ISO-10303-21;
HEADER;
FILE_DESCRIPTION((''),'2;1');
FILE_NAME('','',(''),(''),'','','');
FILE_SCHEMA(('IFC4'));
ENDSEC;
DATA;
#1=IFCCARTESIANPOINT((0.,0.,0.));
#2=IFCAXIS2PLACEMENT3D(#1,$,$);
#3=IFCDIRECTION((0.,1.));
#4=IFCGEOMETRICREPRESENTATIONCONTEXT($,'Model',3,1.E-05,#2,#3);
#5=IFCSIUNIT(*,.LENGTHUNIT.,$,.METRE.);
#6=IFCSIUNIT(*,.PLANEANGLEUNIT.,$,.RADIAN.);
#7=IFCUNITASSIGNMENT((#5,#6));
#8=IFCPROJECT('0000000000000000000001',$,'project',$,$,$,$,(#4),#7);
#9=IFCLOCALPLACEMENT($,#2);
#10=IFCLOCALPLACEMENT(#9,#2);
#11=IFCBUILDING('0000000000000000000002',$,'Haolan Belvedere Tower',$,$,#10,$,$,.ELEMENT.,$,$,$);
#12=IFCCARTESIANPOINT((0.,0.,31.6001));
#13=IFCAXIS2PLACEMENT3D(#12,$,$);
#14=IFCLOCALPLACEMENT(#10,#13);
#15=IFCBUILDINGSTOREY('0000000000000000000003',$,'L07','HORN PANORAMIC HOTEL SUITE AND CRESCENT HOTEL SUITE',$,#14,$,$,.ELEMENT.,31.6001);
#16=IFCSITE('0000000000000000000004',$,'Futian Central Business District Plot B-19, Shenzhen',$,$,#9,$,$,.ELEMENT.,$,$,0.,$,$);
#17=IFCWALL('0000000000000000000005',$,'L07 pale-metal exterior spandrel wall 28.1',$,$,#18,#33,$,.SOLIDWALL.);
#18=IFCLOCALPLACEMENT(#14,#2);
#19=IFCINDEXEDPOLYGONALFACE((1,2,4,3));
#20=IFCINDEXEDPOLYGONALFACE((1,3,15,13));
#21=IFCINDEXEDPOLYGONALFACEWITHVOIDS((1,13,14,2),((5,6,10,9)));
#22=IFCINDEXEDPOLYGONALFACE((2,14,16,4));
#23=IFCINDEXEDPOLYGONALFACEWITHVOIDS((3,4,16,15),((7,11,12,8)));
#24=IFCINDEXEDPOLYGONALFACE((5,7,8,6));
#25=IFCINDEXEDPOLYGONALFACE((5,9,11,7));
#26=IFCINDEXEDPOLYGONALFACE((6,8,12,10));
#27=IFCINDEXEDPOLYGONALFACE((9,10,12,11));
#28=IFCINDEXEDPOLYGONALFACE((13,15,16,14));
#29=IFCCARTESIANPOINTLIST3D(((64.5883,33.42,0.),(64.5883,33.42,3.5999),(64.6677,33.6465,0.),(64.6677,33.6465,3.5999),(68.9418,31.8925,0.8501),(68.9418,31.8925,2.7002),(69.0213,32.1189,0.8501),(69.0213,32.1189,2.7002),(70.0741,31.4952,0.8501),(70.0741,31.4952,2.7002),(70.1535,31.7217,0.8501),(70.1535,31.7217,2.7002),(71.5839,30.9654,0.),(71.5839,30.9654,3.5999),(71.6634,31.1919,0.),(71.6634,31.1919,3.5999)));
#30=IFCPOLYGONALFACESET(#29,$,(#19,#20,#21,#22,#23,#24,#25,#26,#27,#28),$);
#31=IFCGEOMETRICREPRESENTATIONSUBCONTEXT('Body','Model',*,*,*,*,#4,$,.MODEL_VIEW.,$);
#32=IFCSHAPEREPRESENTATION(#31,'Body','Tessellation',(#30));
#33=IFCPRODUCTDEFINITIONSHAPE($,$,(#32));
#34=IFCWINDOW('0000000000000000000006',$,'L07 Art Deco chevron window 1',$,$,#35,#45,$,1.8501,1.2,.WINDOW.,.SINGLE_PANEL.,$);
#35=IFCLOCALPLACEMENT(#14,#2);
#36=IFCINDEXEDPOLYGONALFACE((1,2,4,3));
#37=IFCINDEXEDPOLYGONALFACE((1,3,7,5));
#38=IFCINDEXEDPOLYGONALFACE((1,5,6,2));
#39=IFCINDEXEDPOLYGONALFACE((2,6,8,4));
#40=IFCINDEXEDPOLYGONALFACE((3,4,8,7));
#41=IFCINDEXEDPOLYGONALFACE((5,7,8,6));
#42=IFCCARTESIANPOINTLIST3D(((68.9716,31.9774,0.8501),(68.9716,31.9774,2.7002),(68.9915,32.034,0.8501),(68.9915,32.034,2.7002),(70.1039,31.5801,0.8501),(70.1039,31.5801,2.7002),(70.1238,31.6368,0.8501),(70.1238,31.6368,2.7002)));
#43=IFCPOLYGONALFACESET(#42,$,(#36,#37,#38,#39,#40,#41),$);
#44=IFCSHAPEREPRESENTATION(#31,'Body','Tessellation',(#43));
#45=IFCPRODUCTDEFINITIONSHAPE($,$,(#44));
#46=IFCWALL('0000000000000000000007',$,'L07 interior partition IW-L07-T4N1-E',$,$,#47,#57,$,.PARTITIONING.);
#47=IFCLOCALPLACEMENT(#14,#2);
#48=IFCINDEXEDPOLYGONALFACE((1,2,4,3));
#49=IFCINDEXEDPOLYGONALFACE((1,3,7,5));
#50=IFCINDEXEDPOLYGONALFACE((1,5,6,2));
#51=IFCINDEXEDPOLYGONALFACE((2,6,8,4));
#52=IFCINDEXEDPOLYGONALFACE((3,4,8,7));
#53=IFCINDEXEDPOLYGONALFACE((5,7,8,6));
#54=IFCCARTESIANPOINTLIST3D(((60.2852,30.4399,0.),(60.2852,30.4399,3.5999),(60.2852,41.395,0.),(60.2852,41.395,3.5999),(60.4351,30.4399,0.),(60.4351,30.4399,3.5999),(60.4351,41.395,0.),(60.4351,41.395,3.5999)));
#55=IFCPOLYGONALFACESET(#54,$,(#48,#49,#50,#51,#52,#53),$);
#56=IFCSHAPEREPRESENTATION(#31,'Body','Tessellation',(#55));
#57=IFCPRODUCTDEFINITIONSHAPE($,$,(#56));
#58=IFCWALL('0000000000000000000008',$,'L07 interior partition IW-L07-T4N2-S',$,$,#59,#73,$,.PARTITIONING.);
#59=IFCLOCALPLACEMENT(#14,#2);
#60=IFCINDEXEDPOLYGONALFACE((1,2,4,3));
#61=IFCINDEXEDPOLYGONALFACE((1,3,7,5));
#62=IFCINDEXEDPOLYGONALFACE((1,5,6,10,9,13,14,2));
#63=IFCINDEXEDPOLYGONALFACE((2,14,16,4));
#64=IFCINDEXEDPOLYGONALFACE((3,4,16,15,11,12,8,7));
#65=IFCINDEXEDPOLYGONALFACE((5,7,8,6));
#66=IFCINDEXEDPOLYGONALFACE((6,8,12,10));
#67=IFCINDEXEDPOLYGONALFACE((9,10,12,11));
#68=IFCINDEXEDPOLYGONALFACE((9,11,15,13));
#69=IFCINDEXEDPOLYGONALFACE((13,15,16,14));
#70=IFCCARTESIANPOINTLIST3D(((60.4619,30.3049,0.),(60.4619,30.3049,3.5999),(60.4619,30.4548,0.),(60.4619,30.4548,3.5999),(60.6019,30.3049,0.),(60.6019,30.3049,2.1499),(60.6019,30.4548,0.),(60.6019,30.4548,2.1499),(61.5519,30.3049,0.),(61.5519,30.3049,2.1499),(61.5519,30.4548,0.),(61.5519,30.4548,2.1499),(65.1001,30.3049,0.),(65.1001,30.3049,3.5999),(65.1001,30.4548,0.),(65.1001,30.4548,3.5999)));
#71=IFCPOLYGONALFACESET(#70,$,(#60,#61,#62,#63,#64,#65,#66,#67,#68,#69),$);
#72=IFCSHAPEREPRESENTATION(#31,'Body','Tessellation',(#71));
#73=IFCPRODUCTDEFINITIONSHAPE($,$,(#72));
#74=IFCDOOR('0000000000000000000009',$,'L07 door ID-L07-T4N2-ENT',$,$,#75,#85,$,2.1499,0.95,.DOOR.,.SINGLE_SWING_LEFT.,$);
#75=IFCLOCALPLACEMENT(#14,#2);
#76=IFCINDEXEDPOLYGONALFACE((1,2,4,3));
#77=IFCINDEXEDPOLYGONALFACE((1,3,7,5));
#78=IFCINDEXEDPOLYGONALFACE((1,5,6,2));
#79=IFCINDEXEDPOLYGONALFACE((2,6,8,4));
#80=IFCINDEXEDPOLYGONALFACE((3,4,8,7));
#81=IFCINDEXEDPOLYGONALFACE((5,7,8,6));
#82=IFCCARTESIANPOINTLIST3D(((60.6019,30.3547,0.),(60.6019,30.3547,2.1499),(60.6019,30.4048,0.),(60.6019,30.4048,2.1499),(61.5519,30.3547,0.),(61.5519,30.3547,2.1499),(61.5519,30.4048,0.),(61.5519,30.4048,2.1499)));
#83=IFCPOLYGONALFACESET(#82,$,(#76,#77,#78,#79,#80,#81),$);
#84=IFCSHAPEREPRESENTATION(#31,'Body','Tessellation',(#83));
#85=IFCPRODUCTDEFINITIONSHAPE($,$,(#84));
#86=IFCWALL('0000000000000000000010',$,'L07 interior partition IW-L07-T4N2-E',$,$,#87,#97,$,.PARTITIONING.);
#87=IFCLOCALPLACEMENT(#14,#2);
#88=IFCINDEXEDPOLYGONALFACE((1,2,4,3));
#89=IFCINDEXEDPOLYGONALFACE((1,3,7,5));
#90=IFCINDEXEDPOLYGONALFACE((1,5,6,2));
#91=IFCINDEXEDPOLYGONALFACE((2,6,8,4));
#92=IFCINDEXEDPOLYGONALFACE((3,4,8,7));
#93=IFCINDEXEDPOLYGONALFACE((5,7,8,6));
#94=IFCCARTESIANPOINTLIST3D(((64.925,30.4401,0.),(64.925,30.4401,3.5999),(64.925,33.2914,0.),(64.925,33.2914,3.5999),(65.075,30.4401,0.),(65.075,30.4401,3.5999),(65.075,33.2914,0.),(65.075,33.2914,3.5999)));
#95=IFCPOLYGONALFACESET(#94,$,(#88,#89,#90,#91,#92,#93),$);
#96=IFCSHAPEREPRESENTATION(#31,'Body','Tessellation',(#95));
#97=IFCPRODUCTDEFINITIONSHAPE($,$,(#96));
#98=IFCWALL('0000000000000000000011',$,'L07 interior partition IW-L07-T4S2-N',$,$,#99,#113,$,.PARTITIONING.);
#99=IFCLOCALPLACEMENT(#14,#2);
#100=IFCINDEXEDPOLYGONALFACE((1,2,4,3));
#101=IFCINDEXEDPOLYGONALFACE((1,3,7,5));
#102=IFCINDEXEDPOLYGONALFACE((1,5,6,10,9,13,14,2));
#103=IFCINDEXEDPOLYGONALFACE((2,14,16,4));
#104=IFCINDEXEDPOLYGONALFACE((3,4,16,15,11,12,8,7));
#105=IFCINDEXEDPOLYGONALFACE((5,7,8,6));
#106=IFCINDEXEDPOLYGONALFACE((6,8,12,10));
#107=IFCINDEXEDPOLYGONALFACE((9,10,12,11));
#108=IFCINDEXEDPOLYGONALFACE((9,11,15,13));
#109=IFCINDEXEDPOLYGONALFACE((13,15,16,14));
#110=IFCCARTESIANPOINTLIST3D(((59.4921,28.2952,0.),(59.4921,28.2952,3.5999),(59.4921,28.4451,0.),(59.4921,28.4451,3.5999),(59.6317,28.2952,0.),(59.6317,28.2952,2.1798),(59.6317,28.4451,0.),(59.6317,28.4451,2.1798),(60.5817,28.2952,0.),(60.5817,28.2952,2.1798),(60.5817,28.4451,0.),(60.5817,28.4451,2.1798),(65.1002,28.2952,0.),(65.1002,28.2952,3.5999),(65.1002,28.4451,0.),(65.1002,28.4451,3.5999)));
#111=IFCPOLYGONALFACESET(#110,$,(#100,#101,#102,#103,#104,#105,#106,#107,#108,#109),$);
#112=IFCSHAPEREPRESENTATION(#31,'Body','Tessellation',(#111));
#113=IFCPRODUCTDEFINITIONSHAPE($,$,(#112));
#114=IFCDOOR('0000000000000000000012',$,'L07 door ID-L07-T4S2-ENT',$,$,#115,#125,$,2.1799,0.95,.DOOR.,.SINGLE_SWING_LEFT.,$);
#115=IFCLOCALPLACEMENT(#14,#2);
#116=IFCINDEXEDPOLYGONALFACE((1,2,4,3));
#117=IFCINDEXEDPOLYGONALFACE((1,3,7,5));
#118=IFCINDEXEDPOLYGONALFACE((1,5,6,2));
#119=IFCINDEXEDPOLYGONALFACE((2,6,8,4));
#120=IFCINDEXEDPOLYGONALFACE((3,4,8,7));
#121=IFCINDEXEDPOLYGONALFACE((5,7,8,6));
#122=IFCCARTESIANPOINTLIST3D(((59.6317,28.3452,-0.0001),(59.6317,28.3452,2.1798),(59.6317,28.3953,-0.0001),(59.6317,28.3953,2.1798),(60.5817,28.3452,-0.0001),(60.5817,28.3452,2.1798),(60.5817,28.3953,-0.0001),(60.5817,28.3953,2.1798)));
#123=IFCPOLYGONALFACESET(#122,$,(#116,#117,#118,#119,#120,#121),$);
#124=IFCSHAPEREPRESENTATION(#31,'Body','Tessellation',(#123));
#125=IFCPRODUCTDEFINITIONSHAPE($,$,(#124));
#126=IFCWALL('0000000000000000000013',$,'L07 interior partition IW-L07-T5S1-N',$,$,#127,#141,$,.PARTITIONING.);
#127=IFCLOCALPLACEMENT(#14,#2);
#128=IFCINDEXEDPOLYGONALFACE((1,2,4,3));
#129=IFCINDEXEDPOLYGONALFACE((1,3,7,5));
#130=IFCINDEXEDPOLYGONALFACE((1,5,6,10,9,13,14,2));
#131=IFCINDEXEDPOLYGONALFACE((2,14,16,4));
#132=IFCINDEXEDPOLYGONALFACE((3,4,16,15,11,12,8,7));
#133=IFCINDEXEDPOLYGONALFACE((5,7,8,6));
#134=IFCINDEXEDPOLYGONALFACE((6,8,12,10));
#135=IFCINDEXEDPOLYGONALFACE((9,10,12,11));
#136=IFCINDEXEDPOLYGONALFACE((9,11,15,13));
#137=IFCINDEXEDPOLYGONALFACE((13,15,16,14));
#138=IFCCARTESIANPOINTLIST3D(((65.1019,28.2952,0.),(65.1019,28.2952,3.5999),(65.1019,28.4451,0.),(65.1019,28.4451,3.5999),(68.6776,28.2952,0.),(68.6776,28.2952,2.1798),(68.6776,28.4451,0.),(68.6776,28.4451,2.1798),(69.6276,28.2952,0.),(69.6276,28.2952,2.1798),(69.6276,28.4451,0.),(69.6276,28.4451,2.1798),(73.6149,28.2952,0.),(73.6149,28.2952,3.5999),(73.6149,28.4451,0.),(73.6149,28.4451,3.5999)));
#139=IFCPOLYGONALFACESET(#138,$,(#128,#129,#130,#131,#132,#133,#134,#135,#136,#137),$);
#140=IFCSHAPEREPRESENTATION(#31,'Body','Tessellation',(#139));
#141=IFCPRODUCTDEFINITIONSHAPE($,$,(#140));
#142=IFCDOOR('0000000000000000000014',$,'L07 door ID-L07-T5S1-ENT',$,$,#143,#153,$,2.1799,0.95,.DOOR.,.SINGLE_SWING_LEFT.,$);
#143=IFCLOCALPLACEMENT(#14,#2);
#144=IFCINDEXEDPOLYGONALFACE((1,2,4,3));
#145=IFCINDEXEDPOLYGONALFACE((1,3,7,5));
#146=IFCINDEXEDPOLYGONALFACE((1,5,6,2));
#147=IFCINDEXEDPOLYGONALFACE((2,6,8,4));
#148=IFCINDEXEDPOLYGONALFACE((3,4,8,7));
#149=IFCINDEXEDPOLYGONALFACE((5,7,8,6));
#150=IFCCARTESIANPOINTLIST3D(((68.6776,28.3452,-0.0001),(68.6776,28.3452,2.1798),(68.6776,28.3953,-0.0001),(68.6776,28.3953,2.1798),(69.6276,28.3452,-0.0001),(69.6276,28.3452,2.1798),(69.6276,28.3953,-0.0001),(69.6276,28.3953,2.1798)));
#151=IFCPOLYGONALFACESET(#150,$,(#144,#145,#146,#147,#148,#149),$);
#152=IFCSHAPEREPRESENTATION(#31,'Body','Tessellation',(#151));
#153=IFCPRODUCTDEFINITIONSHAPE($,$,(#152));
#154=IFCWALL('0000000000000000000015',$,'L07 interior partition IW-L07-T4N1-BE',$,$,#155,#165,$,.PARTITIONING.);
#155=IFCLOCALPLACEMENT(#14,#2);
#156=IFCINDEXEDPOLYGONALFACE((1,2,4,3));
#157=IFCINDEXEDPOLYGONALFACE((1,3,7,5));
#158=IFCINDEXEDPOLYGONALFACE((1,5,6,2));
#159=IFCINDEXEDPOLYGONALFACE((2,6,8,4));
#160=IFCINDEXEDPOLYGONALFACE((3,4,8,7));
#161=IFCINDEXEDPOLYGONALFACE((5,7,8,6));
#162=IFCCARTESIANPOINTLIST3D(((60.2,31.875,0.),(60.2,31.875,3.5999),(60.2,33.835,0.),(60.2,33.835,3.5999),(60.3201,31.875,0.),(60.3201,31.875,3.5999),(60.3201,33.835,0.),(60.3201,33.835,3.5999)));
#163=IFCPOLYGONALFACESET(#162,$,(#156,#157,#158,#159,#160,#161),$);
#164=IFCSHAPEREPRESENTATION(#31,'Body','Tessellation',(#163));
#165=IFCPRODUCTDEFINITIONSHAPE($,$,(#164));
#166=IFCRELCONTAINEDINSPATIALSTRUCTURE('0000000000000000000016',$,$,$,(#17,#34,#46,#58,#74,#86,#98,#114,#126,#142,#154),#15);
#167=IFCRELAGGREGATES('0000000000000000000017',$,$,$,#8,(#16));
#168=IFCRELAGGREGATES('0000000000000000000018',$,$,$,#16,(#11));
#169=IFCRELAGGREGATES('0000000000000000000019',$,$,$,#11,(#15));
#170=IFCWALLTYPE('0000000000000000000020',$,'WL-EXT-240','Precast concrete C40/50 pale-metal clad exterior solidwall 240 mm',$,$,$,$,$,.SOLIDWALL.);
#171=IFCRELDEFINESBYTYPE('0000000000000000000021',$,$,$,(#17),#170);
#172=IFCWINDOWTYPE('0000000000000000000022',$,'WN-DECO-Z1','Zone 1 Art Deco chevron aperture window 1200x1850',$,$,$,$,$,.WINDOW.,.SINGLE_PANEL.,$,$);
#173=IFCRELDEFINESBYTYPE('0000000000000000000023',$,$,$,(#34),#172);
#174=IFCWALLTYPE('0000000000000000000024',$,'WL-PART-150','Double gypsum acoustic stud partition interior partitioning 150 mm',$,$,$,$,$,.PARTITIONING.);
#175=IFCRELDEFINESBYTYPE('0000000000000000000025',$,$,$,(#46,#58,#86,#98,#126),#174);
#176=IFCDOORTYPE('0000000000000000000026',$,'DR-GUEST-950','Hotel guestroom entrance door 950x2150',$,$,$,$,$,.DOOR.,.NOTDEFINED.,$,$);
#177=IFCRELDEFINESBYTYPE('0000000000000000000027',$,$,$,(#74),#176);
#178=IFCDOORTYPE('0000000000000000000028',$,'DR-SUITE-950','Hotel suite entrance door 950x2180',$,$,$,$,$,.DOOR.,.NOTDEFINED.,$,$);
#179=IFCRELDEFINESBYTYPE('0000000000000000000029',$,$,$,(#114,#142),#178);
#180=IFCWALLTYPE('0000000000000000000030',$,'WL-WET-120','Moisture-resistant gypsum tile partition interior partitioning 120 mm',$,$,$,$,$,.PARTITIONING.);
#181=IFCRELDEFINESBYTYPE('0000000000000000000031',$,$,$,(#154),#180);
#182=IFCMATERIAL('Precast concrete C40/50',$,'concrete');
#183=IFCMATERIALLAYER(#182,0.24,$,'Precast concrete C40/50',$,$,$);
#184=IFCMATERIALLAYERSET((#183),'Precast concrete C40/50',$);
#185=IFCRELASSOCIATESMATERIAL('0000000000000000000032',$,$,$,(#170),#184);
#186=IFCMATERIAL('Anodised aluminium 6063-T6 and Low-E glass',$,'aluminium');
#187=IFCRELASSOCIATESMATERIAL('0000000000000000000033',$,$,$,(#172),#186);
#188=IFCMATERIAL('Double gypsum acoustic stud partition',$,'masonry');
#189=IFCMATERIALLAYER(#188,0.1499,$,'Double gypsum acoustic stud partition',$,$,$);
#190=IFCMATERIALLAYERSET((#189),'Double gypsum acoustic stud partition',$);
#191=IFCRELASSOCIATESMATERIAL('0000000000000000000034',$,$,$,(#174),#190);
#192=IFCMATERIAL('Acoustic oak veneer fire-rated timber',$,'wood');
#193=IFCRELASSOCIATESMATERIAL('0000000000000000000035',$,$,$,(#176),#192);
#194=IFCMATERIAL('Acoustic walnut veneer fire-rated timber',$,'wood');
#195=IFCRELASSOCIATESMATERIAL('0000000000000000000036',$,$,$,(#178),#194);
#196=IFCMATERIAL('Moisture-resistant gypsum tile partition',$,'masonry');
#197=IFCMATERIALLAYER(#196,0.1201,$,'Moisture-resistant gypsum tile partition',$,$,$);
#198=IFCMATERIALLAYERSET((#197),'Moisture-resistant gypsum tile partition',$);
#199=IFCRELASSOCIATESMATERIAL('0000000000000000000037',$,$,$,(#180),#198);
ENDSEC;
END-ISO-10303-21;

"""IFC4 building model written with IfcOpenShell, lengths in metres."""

from ifc_helpers import new_model, si_unit, direction, frame, frame_2d, origin, place, context, subcontext, project, spatial, rectangle, extrude, material, layer, layer_set, type_object, element, fill, save


model = new_model("IFC4")

# Units and contexts
model_context = context("Model", 3, precision=1e-05, world=origin(), true_north=direction((0.0, 1.0)))
body_context = subcontext(model_context, "Body", "Model", "MODEL_VIEW")
ifc_project = project(units=[si_unit("LENGTHUNIT", "METRE"), si_unit("PLANEANGLEUNIT", "RADIAN")], contexts=[model_context])

# Site, building, storey
site_placement = place(None, origin())
site = spatial("IfcSite", under=ifc_project, at=site_placement, Name="Futian Central Business District Plot B-19, Shenzhen", CompositionType="ELEMENT", RefElevation=0.0)
building_placement = place(site_placement, origin())
building = spatial("IfcBuilding", under=site, at=building_placement, Name="Haolan Belvedere Tower", CompositionType="ELEMENT")
storey_placement = place(building_placement, frame((0.0, 0.0, 31.6001)))
storey = spatial("IfcBuildingStorey", under=building, at=storey_placement, Name="L07", Description="HORN PANORAMIC HOTEL SUITE AND CRESCENT HOTEL SUITE", CompositionType="ELEMENT", Elevation=31.6001)

# Shared definitions
ifc_material_1 = material(Name="Precast concrete C40/50", Category="concrete")
ifc_layer_1 = layer(ifc_material_1, 0.24, Name="Precast concrete C40/50")
ifc_layer_set_1 = layer_set([ifc_layer_1], Name="Precast concrete C40/50")
wall_type_1 = type_object("IfcWallType", Name="WL-EXT-240", Description="Precast concrete C40/50 pale-metal clad exterior solidwall 240 mm", PredefinedType="SOLIDWALL", material=ifc_layer_set_1)

# Wall, opening, window
wall_1_placement = place(storey_placement, frame((71.6238, 31.0786, 0.0), z_axis=(0.0, 0.0, 1.0), x_axis=(-0.9436, 0.331087, 0.0)))
wall_1 = element("IfcWall", 1, at=wall_1_placement, inside=storey, type_object=wall_type_1, Name="L07 pale-metal exterior spandrel wall 28.1", PredefinedType="SOLIDWALL", context=body_context, shape_type="SweptSolid", body=[
    extrude(rectangle(XDim=7.4138, YDim=0.24, at=frame_2d((3.707, 0.0))), origin(), (0.0, 0.0, 1.0), 3.5999),
])
opening_1_placement = place(wall_1_placement, frame((1.6001, 0.0, 0.8501)))
opening_1 = element("IfcOpeningElement", 2, at=opening_1_placement, cuts=wall_1, PredefinedType="OPENING", context=body_context, shape_type="SweptSolid", body=[
    extrude(rectangle(XDim=1.2, YDim=1.8501, at=frame_2d((0.6001, 0.925))), frame((0.0, 0.1299, 0.0), z_axis=(0.0, -1.0, 0.0), x_axis=(1.0, 0.0, 0.0)), (0.0, 0.0, 1.0), 0.26),
])
ifc_material_2 = material(Name="Anodised aluminium 6063-T6 and Low-E glass", Category="aluminium")
window_type = type_object("IfcWindowType", Name="WN-DECO-Z1", Description="Zone 1 Art Deco chevron aperture window 1200x1850", PartitioningType="SINGLE_PANEL", PredefinedType="WINDOW", material=ifc_material_2)
window_placement = place(opening_1_placement, origin())
window = element("IfcWindow", 3, at=window_placement, inside=storey, type_object=window_type, Name="L07 Art Deco chevron window 1", OverallHeight=1.8501, OverallWidth=1.2, PartitioningType="SINGLE_PANEL", PredefinedType="WINDOW", context=body_context, shape_type="SweptSolid", body=[
    extrude(rectangle(XDim=1.2, YDim=1.8501, at=frame_2d((0.6001, 0.925))), frame((0.0, 0.03, 0.0), z_axis=(0.0, -1.0, 0.0), x_axis=(1.0, 0.0, 0.0)), (0.0, 0.0, 1.0), 0.0601),
])
fill(opening_1, window)

# Wall
ifc_material_3 = material(Name="Double gypsum acoustic stud partition", Category="masonry")
ifc_layer_2 = layer(ifc_material_3, 0.1499, Name="Double gypsum acoustic stud partition")
ifc_layer_set_2 = layer_set([ifc_layer_2], Name="Double gypsum acoustic stud partition")
wall_type_2 = type_object("IfcWallType", Name="WL-PART-150", Description="Double gypsum acoustic stud partition interior partitioning 150 mm", PredefinedType="PARTITIONING", material=ifc_layer_set_2)
wall_2_placement = place(storey_placement, frame((60.3601, 30.4399, 0.0), z_axis=(0.0, 0.0, 1.0), x_axis=(0.0, 1.0, 0.0)))
element("IfcWall", 4, at=wall_2_placement, inside=storey, type_object=wall_type_2, Name="L07 interior partition IW-L07-T4N1-E", PredefinedType="PARTITIONING", context=body_context, shape_type="SweptSolid", body=[
    extrude(rectangle(XDim=10.9551, YDim=0.1499, at=frame_2d((5.4775, 0.0))), origin(), (0.0, 0.0, 1.0), 3.5999),
])

# Wall, opening, door
wall_3_placement = place(storey_placement, frame((60.4619, 30.3799, 0.0), z_axis=(0.0, 0.0, 1.0), x_axis=(1.0, 0.0, 0.0)))
wall_3 = element("IfcWall", 5, at=wall_3_placement, inside=storey, type_object=wall_type_2, Name="L07 interior partition IW-L07-T4N2-S", PredefinedType="PARTITIONING", context=body_context, shape_type="SweptSolid", body=[
    extrude(rectangle(XDim=4.6382, YDim=0.1499, at=frame_2d((2.3191, 0.0))), origin(), (0.0, 0.0, 1.0), 3.5999),
])
opening_2_placement = place(wall_3_placement, frame((0.1399, 0.0, 0.0)))
opening_2 = element("IfcOpeningElement", 6, at=opening_2_placement, cuts=wall_3, PredefinedType="OPENING", context=body_context, shape_type="SweptSolid", body=[
    extrude(rectangle(XDim=0.95, YDim=2.1499, at=frame_2d((0.4751, 1.075))), frame((0.0, 0.085, 0.0), z_axis=(0.0, -1.0, 0.0), x_axis=(1.0, 0.0, 0.0)), (0.0, 0.0, 1.0), 0.1699),
])
ifc_material_4 = material(Name="Acoustic oak veneer fire-rated timber", Category="wood")
door_type_1 = type_object("IfcDoorType", Name="DR-GUEST-950", Description="Hotel guestroom entrance door 950x2150", OperationType="NOTDEFINED", PredefinedType="DOOR", material=ifc_material_4)
door_1_placement = place(opening_2_placement, origin())
door_1 = element("IfcDoor", 7, at=door_1_placement, inside=storey, type_object=door_type_1, Name="L07 door ID-L07-T4N2-ENT", OperationType="SINGLE_SWING_LEFT", OverallHeight=2.1499, OverallWidth=0.95, PredefinedType="DOOR", context=body_context, shape_type="SweptSolid", body=[
    extrude(rectangle(XDim=0.95, YDim=2.1499, at=frame_2d((0.4751, 1.075))), frame((0.0, 0.0249, 0.0), z_axis=(0.0, -1.0, 0.0), x_axis=(1.0, 0.0, 0.0)), (0.0, 0.0, 1.0), 0.05),
])
fill(opening_2, door_1)

# Wall
wall_4_placement = place(storey_placement, frame((65.0, 30.4399, 0.0), z_axis=(0.0, 0.0, 1.0), x_axis=(0.0, 1.0, 0.0)))
element("IfcWall", 8, at=wall_4_placement, inside=storey, type_object=wall_type_2, Name="L07 interior partition IW-L07-T4N2-E", PredefinedType="PARTITIONING", context=body_context, shape_type="SweptSolid", body=[
    extrude(rectangle(XDim=2.8513, YDim=0.1499, at=frame_2d((1.4258, 0.0))), origin(), (0.0, 0.0, 1.0), 3.5999),
])

# Walls, openings, doors
wall_5_placement = place(storey_placement, frame((59.4919, 28.3701, 0.0), z_axis=(0.0, 0.0, 1.0), x_axis=(1.0, 0.0, 0.0)))
wall_5 = element("IfcWall", 9, at=wall_5_placement, inside=storey, type_object=wall_type_2, Name="L07 interior partition IW-L07-T4S2-N", PredefinedType="PARTITIONING", context=body_context, shape_type="SweptSolid", body=[
    extrude(rectangle(XDim=5.6082, YDim=0.1499, at=frame_2d((2.8042, 0.0))), origin(), (0.0, 0.0, 1.0), 3.5999),
])
opening_3_placement = place(wall_5_placement, frame((1.0898, 0.0, 0.0), z_axis=(0.0, 0.0, 1.0), x_axis=(-1.0, 0.0, 0.0)))
opening_3 = element("IfcOpeningElement", 10, at=opening_3_placement, cuts=wall_5, PredefinedType="OPENING", context=body_context, shape_type="SweptSolid", body=[
    extrude(rectangle(XDim=0.95, YDim=2.1799, at=frame_2d((0.4751, 1.0898))), frame((0.0, 0.085, 0.0), z_axis=(0.0, -1.0, 0.0), x_axis=(1.0, 0.0, 0.0)), (0.0, 0.0, 1.0), 0.1699),
])
ifc_material_5 = material(Name="Acoustic walnut veneer fire-rated timber", Category="wood")
door_type_2 = type_object("IfcDoorType", Name="DR-SUITE-950", Description="Hotel suite entrance door 950x2180", OperationType="NOTDEFINED", PredefinedType="DOOR", material=ifc_material_5)
door_2_placement = place(opening_3_placement, origin())
door_2 = element("IfcDoor", 11, at=door_2_placement, inside=storey, type_object=door_type_2, Name="L07 door ID-L07-T4S2-ENT", OperationType="SINGLE_SWING_LEFT", OverallHeight=2.1799, OverallWidth=0.95, PredefinedType="DOOR", context=body_context, shape_type="SweptSolid", body=[
    extrude(rectangle(XDim=0.95, YDim=2.1799, at=frame_2d((0.4751, 1.0898))), frame((0.0, 0.0249, 0.0), z_axis=(0.0, -1.0, 0.0), x_axis=(1.0, 0.0, 0.0)), (0.0, 0.0, 1.0), 0.05),
])
fill(opening_3, door_2)
wall_6_placement = place(storey_placement, frame((65.1021, 28.3701, 0.0), z_axis=(0.0, 0.0, 1.0), x_axis=(1.0, 0.0, 0.0)))
wall_6 = element("IfcWall", 12, at=wall_6_placement, inside=storey, type_object=wall_type_2, Name="L07 interior partition IW-L07-T5S1-N", PredefinedType="PARTITIONING", context=body_context, shape_type="SweptSolid", body=[
    extrude(rectangle(XDim=8.5129, YDim=0.1499, at=frame_2d((4.2563, 0.0))), origin(), (0.0, 0.0, 1.0), 3.5999),
])
opening_4_placement = place(wall_6_placement, frame((4.5256, 0.0, 0.0), z_axis=(0.0, 0.0, 1.0), x_axis=(-1.0, 0.0, 0.0)))
opening_4 = element("IfcOpeningElement", 13, at=opening_4_placement, cuts=wall_6, PredefinedType="OPENING", context=body_context, shape_type="SweptSolid", body=[
    extrude(rectangle(XDim=0.95, YDim=2.1799, at=frame_2d((0.4751, 1.0898))), frame((0.0, 0.085, 0.0), z_axis=(0.0, -1.0, 0.0), x_axis=(1.0, 0.0, 0.0)), (0.0, 0.0, 1.0), 0.1699),
])
door_3_placement = place(opening_4_placement, origin())
door_3 = element("IfcDoor", 14, at=door_3_placement, inside=storey, type_object=door_type_2, Name="L07 door ID-L07-T5S1-ENT", OperationType="SINGLE_SWING_LEFT", OverallHeight=2.1799, OverallWidth=0.95, PredefinedType="DOOR", context=body_context, shape_type="SweptSolid", body=[
    extrude(rectangle(XDim=0.95, YDim=2.1799, at=frame_2d((0.4751, 1.0898))), frame((0.0, 0.0249, 0.0), z_axis=(0.0, -1.0, 0.0), x_axis=(1.0, 0.0, 0.0)), (0.0, 0.0, 1.0), 0.05),
])
fill(opening_4, door_3)

# Wall
ifc_material_6 = material(Name="Moisture-resistant gypsum tile partition", Category="masonry")
ifc_layer_3 = layer(ifc_material_6, 0.1201, Name="Moisture-resistant gypsum tile partition")
ifc_layer_set_3 = layer_set([ifc_layer_3], Name="Moisture-resistant gypsum tile partition")
wall_type_3 = type_object("IfcWallType", Name="WL-WET-120", Description="Moisture-resistant gypsum tile partition interior partitioning 120 mm", PredefinedType="PARTITIONING", material=ifc_layer_set_3)
wall_7_placement = place(storey_placement, frame((60.26, 31.875, 0.0), z_axis=(0.0, 0.0, 1.0), x_axis=(0.0, 1.0, 0.0)))
element("IfcWall", 15, at=wall_7_placement, inside=storey, type_object=wall_type_3, Name="L07 interior partition IW-L07-T4N1-BE", PredefinedType="PARTITIONING", context=body_context, shape_type="SweptSolid", body=[
    extrude(rectangle(XDim=1.96, YDim=0.1201, at=frame_2d((0.98, 0.0))), origin(), (0.0, 0.0, 1.0), 3.5999),
])

save(model, "model.ifc")
